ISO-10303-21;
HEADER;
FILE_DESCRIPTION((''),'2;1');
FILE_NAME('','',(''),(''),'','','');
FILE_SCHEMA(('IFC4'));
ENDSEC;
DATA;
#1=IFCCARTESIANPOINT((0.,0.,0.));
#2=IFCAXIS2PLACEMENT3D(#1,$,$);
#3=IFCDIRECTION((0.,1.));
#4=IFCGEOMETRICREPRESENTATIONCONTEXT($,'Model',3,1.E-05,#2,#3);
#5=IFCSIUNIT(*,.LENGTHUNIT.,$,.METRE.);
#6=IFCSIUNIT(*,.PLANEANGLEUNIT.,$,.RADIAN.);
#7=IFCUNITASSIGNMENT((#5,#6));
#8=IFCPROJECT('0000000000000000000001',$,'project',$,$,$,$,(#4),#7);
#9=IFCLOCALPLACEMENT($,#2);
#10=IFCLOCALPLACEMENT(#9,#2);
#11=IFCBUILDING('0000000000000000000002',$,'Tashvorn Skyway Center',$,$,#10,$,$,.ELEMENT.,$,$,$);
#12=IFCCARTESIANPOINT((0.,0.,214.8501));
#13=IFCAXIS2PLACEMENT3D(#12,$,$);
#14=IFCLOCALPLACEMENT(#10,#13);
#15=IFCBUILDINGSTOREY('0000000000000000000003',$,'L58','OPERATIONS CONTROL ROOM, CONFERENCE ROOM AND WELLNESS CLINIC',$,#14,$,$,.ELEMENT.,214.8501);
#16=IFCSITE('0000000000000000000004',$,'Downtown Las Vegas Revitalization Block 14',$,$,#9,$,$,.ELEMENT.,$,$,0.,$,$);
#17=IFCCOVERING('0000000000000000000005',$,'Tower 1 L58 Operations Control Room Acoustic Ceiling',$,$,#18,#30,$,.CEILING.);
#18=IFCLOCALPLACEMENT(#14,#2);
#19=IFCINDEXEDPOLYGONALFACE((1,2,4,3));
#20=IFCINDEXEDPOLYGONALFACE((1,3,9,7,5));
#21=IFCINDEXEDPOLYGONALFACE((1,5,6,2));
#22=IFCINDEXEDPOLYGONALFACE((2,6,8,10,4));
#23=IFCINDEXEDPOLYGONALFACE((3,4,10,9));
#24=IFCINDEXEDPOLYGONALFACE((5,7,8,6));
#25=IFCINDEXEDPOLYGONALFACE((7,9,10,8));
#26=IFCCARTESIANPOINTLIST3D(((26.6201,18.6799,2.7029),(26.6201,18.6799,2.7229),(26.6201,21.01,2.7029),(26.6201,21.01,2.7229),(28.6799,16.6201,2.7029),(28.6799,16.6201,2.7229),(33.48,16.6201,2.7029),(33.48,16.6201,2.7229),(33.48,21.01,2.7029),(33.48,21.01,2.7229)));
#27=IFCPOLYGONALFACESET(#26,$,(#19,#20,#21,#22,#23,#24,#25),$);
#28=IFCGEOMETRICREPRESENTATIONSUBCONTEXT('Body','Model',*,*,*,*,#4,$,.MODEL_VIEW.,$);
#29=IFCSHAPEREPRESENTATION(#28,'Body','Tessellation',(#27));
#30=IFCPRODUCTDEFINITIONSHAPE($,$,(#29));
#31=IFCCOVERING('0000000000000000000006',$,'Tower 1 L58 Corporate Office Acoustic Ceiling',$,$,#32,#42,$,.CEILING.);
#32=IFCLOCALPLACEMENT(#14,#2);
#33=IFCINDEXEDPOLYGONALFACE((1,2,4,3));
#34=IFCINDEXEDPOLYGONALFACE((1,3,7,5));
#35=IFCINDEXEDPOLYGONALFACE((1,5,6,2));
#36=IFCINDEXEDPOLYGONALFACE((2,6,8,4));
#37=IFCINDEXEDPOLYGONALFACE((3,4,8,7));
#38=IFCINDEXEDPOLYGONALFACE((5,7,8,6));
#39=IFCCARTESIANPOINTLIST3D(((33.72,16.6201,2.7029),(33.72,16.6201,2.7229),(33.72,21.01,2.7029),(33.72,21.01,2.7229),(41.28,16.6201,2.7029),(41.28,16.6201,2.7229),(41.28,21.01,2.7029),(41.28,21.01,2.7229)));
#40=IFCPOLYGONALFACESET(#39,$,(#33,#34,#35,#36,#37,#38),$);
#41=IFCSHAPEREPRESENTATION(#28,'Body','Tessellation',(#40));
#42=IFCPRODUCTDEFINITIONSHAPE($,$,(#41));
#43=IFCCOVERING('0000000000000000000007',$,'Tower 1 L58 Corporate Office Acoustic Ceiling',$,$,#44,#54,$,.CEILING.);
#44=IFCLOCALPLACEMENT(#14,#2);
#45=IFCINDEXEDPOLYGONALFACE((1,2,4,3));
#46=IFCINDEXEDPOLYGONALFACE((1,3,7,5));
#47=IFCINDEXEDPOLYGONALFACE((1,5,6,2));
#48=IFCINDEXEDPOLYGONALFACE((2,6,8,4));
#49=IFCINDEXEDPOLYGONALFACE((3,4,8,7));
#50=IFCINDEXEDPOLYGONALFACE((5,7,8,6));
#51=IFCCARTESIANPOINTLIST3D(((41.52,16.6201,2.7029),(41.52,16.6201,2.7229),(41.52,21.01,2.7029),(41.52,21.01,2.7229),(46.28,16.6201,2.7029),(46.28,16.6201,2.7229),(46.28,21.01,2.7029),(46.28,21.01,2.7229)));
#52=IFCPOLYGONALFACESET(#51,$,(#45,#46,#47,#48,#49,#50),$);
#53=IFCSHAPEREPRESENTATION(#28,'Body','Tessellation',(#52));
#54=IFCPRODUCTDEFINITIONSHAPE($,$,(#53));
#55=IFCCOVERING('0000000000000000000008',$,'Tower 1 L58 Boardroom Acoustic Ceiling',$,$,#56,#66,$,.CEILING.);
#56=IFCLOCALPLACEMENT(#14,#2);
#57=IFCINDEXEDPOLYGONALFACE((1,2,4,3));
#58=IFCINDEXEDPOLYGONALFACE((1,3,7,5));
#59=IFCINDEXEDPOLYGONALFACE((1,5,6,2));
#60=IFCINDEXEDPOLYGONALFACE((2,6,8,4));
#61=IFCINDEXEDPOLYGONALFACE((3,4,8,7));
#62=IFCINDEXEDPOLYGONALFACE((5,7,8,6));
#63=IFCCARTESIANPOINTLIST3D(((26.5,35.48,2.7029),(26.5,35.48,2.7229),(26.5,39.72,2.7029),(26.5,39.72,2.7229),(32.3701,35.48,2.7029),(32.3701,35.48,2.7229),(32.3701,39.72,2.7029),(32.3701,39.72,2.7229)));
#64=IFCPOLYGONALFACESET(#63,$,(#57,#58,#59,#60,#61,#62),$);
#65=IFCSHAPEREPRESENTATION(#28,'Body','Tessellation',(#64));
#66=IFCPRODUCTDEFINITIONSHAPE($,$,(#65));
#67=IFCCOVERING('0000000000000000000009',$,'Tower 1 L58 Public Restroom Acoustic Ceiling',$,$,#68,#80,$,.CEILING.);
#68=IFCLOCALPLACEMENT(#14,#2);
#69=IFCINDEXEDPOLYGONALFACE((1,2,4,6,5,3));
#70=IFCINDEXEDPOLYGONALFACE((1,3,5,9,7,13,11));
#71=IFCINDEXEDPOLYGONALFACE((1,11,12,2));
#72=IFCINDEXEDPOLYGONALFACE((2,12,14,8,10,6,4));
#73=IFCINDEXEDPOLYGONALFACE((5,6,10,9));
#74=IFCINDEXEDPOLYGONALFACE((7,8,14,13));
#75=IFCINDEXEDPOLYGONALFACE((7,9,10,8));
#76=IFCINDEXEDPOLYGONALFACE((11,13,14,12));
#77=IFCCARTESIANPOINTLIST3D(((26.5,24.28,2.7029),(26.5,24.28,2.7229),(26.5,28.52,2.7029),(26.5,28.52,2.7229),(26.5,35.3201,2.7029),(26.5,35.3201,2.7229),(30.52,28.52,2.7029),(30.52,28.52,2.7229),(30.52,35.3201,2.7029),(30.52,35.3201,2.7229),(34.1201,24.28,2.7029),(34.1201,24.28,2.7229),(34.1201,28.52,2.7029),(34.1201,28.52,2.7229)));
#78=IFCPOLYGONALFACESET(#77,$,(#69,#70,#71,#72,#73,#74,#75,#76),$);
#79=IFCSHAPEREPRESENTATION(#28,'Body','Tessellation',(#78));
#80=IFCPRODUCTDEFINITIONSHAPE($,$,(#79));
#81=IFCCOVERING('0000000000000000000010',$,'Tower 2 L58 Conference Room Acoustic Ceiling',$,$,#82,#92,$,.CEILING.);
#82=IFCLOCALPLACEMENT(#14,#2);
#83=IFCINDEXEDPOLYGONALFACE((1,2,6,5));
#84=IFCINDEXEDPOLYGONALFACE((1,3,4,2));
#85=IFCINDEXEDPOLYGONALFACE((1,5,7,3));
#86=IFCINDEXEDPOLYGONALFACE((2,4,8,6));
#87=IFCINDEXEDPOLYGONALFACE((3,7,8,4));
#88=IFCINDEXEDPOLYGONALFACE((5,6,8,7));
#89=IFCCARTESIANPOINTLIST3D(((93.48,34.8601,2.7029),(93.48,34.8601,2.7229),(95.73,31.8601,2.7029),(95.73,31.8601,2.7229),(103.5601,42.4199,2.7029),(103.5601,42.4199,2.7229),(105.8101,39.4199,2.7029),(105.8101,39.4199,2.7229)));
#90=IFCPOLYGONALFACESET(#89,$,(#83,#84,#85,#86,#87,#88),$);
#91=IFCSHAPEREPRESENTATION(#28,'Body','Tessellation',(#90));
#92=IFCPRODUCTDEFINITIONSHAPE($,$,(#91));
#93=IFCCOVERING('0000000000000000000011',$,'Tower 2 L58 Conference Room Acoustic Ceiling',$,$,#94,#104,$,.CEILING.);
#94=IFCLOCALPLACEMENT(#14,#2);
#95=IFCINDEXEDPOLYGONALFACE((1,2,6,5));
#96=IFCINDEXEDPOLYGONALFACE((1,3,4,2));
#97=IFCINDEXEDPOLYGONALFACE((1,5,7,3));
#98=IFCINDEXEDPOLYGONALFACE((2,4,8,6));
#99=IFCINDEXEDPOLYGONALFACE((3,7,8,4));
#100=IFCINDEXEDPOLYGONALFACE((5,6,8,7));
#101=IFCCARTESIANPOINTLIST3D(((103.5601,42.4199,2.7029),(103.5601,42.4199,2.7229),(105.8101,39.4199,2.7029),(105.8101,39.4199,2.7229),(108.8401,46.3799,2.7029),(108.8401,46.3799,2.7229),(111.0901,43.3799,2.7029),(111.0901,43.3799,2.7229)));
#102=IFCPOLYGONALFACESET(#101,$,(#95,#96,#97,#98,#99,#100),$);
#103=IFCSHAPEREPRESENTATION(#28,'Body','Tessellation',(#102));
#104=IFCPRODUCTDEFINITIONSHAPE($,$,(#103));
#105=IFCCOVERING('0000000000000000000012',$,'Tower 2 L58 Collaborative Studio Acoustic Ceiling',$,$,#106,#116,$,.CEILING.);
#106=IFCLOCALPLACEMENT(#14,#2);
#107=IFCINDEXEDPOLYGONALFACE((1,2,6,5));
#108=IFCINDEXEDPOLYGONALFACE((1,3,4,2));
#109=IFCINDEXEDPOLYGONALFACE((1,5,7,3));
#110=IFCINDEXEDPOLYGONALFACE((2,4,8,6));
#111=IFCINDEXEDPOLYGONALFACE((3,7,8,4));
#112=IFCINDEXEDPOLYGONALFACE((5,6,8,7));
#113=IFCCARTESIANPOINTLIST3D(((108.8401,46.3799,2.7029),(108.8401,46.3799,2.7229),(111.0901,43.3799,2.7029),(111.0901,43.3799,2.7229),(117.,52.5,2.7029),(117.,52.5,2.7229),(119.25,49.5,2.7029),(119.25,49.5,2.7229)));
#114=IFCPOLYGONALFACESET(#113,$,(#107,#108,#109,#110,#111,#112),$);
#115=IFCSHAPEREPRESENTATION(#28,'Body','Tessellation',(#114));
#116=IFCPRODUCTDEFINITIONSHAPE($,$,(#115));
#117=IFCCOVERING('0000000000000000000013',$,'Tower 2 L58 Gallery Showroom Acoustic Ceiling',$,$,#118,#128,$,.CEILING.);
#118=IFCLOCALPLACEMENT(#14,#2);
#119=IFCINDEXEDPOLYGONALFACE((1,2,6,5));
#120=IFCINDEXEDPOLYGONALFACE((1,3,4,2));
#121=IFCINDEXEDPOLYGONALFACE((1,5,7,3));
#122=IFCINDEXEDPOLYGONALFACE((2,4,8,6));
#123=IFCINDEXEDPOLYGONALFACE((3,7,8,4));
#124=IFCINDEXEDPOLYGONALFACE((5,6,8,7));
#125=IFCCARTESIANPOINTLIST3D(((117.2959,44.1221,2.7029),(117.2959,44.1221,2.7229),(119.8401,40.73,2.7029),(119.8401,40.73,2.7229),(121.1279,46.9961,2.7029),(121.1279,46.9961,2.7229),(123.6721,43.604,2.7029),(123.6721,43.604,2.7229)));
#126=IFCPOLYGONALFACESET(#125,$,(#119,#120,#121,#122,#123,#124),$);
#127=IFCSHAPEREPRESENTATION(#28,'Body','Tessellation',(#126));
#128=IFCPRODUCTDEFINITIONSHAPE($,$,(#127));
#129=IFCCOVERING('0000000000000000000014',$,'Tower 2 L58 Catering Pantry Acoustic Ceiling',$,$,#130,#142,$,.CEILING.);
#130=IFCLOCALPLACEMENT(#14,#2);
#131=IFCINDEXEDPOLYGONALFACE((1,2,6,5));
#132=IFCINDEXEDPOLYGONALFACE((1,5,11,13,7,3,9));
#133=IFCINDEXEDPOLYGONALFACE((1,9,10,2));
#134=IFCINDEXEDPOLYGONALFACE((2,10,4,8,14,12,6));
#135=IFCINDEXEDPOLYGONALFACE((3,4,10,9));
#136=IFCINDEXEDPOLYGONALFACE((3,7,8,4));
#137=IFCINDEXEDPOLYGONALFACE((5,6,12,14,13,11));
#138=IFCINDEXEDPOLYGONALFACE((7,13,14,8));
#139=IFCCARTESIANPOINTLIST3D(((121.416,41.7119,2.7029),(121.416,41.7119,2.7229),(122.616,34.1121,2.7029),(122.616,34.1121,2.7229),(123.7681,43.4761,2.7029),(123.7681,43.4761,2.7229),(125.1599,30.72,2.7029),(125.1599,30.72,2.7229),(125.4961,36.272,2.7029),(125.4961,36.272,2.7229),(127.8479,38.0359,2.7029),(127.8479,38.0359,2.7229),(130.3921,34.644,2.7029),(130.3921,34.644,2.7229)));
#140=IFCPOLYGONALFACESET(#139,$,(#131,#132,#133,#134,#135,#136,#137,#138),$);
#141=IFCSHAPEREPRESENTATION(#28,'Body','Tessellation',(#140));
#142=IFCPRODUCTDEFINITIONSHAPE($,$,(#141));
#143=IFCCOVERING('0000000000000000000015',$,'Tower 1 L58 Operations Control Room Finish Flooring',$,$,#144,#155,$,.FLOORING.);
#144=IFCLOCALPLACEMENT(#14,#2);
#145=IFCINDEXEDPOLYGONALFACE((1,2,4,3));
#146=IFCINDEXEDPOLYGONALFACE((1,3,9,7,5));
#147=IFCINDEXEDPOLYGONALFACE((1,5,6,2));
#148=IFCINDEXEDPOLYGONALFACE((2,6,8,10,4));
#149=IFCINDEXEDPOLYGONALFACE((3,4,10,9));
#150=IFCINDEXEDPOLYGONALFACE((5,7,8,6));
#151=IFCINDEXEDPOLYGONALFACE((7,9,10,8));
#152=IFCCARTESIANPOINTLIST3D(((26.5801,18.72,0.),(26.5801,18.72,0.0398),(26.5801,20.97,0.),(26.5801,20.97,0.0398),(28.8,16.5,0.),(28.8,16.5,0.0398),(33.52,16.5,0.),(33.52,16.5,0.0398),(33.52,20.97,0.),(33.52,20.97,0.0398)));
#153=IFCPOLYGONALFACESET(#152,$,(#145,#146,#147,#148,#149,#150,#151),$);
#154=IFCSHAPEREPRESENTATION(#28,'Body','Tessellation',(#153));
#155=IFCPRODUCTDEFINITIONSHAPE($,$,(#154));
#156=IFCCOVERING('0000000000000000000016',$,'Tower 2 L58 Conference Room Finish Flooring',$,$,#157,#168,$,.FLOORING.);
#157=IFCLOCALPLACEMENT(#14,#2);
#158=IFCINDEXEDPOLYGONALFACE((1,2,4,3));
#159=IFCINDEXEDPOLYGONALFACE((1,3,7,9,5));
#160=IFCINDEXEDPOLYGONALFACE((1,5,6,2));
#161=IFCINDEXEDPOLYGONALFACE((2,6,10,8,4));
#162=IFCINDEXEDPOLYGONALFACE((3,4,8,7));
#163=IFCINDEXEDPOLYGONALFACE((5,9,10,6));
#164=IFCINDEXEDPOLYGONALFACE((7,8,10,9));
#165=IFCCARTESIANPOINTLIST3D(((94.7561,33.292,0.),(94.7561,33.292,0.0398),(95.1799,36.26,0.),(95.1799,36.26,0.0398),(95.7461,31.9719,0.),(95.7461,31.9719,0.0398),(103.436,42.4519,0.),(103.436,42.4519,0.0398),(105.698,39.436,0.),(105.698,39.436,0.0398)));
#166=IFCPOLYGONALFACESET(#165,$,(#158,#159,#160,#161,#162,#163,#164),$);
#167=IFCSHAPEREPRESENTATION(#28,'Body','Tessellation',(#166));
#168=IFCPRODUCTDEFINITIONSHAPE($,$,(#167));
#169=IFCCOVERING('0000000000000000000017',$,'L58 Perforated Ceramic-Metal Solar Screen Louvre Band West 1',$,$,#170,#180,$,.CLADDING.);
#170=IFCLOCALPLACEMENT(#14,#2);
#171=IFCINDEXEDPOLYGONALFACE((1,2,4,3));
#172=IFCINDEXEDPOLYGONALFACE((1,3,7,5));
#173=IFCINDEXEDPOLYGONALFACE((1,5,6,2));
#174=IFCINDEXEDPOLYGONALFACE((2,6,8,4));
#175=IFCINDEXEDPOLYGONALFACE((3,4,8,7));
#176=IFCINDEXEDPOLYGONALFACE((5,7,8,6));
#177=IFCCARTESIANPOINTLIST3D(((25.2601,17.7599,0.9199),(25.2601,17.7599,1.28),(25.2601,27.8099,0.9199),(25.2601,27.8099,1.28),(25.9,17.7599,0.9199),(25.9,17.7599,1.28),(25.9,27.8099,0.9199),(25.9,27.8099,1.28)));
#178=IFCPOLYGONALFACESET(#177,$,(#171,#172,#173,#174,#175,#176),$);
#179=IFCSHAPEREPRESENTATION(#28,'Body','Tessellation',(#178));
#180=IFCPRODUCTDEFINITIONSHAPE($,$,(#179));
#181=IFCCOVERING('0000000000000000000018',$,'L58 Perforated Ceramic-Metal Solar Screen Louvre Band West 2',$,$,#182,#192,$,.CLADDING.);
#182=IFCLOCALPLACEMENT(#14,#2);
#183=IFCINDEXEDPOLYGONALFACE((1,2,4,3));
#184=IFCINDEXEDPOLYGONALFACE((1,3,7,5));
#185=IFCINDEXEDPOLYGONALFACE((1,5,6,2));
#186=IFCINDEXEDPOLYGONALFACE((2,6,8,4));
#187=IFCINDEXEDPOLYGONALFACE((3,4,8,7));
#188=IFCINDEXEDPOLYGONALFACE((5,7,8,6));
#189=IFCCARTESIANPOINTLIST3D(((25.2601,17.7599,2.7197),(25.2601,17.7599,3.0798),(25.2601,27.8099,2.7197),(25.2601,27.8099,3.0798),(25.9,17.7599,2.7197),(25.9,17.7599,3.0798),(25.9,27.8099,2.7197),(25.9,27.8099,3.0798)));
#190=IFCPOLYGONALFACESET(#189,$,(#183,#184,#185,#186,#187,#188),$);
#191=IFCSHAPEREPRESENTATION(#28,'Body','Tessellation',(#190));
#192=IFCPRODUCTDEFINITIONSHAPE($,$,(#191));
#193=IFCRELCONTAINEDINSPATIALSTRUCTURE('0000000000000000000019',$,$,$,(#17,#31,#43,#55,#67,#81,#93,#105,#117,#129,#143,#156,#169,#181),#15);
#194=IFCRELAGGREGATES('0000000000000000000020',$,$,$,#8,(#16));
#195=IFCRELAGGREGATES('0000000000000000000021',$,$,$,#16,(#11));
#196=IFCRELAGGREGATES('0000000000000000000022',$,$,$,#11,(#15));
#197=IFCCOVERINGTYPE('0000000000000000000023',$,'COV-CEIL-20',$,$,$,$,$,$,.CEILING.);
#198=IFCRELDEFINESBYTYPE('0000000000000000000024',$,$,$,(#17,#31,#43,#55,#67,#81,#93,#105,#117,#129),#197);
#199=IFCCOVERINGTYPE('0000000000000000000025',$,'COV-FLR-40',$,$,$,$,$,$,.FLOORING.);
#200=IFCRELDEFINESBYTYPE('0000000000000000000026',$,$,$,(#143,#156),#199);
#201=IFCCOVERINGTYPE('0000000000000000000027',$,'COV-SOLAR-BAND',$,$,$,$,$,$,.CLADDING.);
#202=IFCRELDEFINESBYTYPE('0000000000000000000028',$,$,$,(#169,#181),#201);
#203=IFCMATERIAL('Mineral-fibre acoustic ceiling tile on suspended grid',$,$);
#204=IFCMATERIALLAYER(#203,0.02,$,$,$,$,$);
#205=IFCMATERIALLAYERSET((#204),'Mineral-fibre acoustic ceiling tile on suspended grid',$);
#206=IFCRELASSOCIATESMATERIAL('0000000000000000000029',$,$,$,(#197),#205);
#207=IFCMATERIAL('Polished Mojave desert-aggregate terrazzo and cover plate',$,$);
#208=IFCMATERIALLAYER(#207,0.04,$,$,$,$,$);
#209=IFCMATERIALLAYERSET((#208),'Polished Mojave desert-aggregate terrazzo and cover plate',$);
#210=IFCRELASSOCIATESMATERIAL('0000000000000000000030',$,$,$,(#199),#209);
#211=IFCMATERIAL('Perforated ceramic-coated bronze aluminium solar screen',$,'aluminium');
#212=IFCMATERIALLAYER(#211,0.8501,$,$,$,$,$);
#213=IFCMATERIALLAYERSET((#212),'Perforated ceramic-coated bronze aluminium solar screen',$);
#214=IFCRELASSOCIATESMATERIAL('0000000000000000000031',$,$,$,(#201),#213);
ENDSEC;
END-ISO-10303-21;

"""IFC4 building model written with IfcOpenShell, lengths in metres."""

from ifc_helpers import new_model, si_unit, direction, frame, origin, origin_2d, place, context, subcontext, project, spatial, polyline, rectangle, outline, extrude, material, layer, layer_set, type_object, element, save


model = new_model("IFC4")

# Units and contexts
model_context = context("Model", 3, precision=1e-05, world=origin(), true_north=direction((0.0, 1.0)))
body_context = subcontext(model_context, "Body", "Model", "MODEL_VIEW")
ifc_project = project(units=[si_unit("LENGTHUNIT", "METRE"), si_unit("PLANEANGLEUNIT", "RADIAN")], contexts=[model_context])

# Site, building, storey
site_placement = place(None, origin())
site = spatial("IfcSite", under=ifc_project, at=site_placement, Name="Downtown Las Vegas Revitalization Block 14", CompositionType="ELEMENT", RefElevation=0.0)
building_placement = place(site_placement, origin())
building = spatial("IfcBuilding", under=site, at=building_placement, Name="Tashvorn Skyway Center", CompositionType="ELEMENT")
storey_placement = place(building_placement, frame((0.0, 0.0, 214.8501)))
storey = spatial("IfcBuildingStorey", under=building, at=storey_placement, Name="L58", Description="OPERATIONS CONTROL ROOM, CONFERENCE ROOM AND WELLNESS CLINIC", CompositionType="ELEMENT", Elevation=214.8501)

# Coverings
ifc_material_1 = material(Name="Mineral-fibre acoustic ceiling tile on suspended grid")
ifc_layer_1 = layer(ifc_material_1, 0.02)
ifc_layer_set_1 = layer_set([ifc_layer_1], Name="Mineral-fibre acoustic ceiling tile on suspended grid")
covering_type_1 = type_object("IfcCoveringType", Name="COV-CEIL-20", PredefinedType="CEILING", material=ifc_layer_set_1)
covering_1_placement = place(storey_placement, frame((0.0, 0.0, 2.7029)))
element("IfcCovering", 1, at=covering_1_placement, inside=storey, type_object=covering_type_1, Name="Tower 1 L58 Operations Control Room Acoustic Ceiling", PredefinedType="CEILING", context=body_context, shape_type="SweptSolid", body=[
    extrude(outline(polyline([(26.6201, 21.01), (33.48, 21.01), (33.48, 16.6201), (28.6799, 16.6201), (26.6201, 18.6799), (26.6201, 21.01)])), origin(), (0.0, 0.0, 1.0), 0.02),
])
covering_2_placement = place(storey_placement, frame((0.0, 0.0, 2.7029)))
element("IfcCovering", 2, at=covering_2_placement, inside=storey, type_object=covering_type_1, Name="Tower 1 L58 Corporate Office Acoustic Ceiling", PredefinedType="CEILING", context=body_context, shape_type="SweptSolid", body=[
    extrude(outline(polyline([(33.72, 21.01), (41.28, 21.01), (41.28, 16.6201), (33.72, 16.6201), (33.72, 21.01)])), origin(), (0.0, 0.0, 1.0), 0.02),
])
covering_3_placement = place(storey_placement, frame((0.0, 0.0, 2.7029)))
element("IfcCovering", 3, at=covering_3_placement, inside=storey, type_object=covering_type_1, Name="Tower 1 L58 Corporate Office Acoustic Ceiling", PredefinedType="CEILING", context=body_context, shape_type="SweptSolid", body=[
    extrude(outline(polyline([(41.52, 21.01), (46.28, 21.01), (46.28, 16.6201), (41.52, 16.6201), (41.52, 21.01)])), origin(), (0.0, 0.0, 1.0), 0.02),
])
covering_4_placement = place(storey_placement, frame((0.0, 0.0, 2.7029)))
element("IfcCovering", 4, at=covering_4_placement, inside=storey, type_object=covering_type_1, Name="Tower 1 L58 Boardroom Acoustic Ceiling", PredefinedType="CEILING", context=body_context, shape_type="SweptSolid", body=[
    extrude(outline(polyline([(32.3701, 39.72), (32.3701, 35.48), (26.5, 35.48), (26.5, 39.72), (32.3701, 39.72)])), origin(), (0.0, 0.0, 1.0), 0.02),
])
covering_5_placement = place(storey_placement, frame((0.0, 0.0, 2.7029)))
element("IfcCovering", 5, at=covering_5_placement, inside=storey, type_object=covering_type_1, Name="Tower 1 L58 Public Restroom Acoustic Ceiling", PredefinedType="CEILING", context=body_context, shape_type="SweptSolid", body=[
    extrude(outline(polyline([(34.1201, 24.28), (26.5, 24.28), (26.5, 28.52), (26.5, 35.3201), (30.52, 35.3201), (30.52, 28.52), (34.1201, 28.52), (34.1201, 24.28)])), origin(), (0.0, 0.0, 1.0), 0.02),
])
covering_6_placement = place(storey_placement, frame((0.0, 0.0, 2.7029)))
element("IfcCovering", 6, at=covering_6_placement, inside=storey, type_object=covering_type_1, Name="Tower 2 L58 Conference Room Acoustic Ceiling", PredefinedType="CEILING", context=body_context, shape_type="SweptSolid", body=[
    extrude(outline(polyline([(95.73, 31.8601), (105.8101, 39.4199), (103.5601, 42.4199), (93.48, 34.8601), (95.73, 31.8601)])), origin(), (0.0, 0.0, 1.0), 0.02),
])
covering_7_placement = place(storey_placement, frame((0.0, 0.0, 2.7029)))
element("IfcCovering", 7, at=covering_7_placement, inside=storey, type_object=covering_type_1, Name="Tower 2 L58 Conference Room Acoustic Ceiling", PredefinedType="CEILING", context=body_context, shape_type="SweptSolid", body=[
    extrude(outline(polyline([(105.8101, 39.4199), (111.0901, 43.3799), (108.8401, 46.3799), (103.5601, 42.4199), (105.8101, 39.4199)])), origin(), (0.0, 0.0, 1.0), 0.02),
])
covering_8_placement = place(storey_placement, frame((0.0, 0.0, 2.7029)))
element("IfcCovering", 8, at=covering_8_placement, inside=storey, type_object=covering_type_1, Name="Tower 2 L58 Collaborative Studio Acoustic Ceiling", PredefinedType="CEILING", context=body_context, shape_type="SweptSolid", body=[
    extrude(outline(polyline([(111.0901, 43.3799), (119.25, 49.5), (117.0, 52.5), (108.8401, 46.3799), (111.0901, 43.3799)])), origin(), (0.0, 0.0, 1.0), 0.02),
])
covering_9_placement = place(storey_placement, frame((0.0, 0.0, 2.7029)))
element("IfcCovering", 9, at=covering_9_placement, inside=storey, type_object=covering_type_1, Name="Tower 2 L58 Gallery Showroom Acoustic Ceiling", PredefinedType="CEILING", context=body_context, shape_type="SweptSolid", body=[
    extrude(outline(polyline([(119.8401, 40.73), (117.2959, 44.1221), (121.1279, 46.9961), (123.6721, 43.604), (119.8401, 40.73)])), origin(), (0.0, 0.0, 1.0), 0.02),
])
covering_10_placement = place(storey_placement, frame((0.0, 0.0, 2.7029)))
element("IfcCovering", 10, at=covering_10_placement, inside=storey, type_object=covering_type_1, Name="Tower 2 L58 Catering Pantry Acoustic Ceiling", PredefinedType="CEILING", context=body_context, shape_type="SweptSolid", body=[
    extrude(outline(polyline([(125.1599, 30.72), (122.616, 34.1121), (125.4961, 36.272), (121.416, 41.7119), (123.7681, 43.4761), (127.8479, 38.0359), (130.3921, 34.644), (125.1599, 30.72)])), origin(), (0.0, 0.0, 1.0), 0.02),
])
ifc_material_2 = material(Name="Polished Mojave desert-aggregate terrazzo and cover plate")
ifc_layer_2 = layer(ifc_material_2, 0.04)
ifc_layer_set_2 = layer_set([ifc_layer_2], Name="Polished Mojave desert-aggregate terrazzo and cover plate")
covering_type_2 = type_object("IfcCoveringType", Name="COV-FLR-40", PredefinedType="FLOORING", material=ifc_layer_set_2)
covering_11_placement = place(storey_placement, origin())
element("IfcCovering", 11, at=covering_11_placement, inside=storey, type_object=covering_type_2, Name="Tower 1 L58 Operations Control Room Finish Flooring", PredefinedType="FLOORING", context=body_context, shape_type="SweptSolid", body=[
    extrude(outline(polyline([(28.8, 16.5), (26.5801, 18.72), (26.5801, 20.97), (33.52, 20.97), (33.52, 16.5), (28.8, 16.5)])), origin(), (0.0, 0.0, 1.0), 0.0398),
])
covering_12_placement = place(storey_placement, origin())
element("IfcCovering", 12, at=covering_12_placement, inside=storey, type_object=covering_type_2, Name="Tower 2 L58 Conference Room Finish Flooring", PredefinedType="FLOORING", context=body_context, shape_type="SweptSolid", body=[
    extrude(outline(polyline([(105.698, 39.436), (95.7461, 31.9719), (94.7561, 33.292), (95.1799, 36.26), (103.436, 42.4519), (105.698, 39.436)])), origin(), (0.0, 0.0, 1.0), 0.0398),
])
ifc_material_3 = material(Name="Perforated ceramic-coated bronze aluminium solar screen", Category="aluminium")
ifc_layer_3 = layer(ifc_material_3, 0.8501)
ifc_layer_set_3 = layer_set([ifc_layer_3], Name="Perforated ceramic-coated bronze aluminium solar screen")
covering_type_3 = type_object("IfcCoveringType", Name="COV-SOLAR-BAND", PredefinedType="CLADDING", material=ifc_layer_set_3)
for number, where, z_axis, x_axis, name in (
    (13, (25.5801, 22.7849, 0.9199), (0.0, 0.0, 1.0), (0.0, 1.0, 0.0), "L58 Perforated Ceramic-Metal Solar Screen Louvre Band West 1"),
    (14, (25.5801, 22.7849, 2.7197), (0.0, 0.0, 1.0), (0.0, 1.0, 0.0), "L58 Perforated Ceramic-Metal Solar Screen Louvre Band West 2"),
):
    element("IfcCovering", number, at=place(storey_placement, frame(where, z_axis=z_axis, x_axis=x_axis)), inside=storey, type_object=covering_type_3, Name=name, PredefinedType="CLADDING", context=body_context, shape_type="SweptSolid", body=[
        extrude(rectangle(XDim=10.05, YDim=0.6399, at=origin_2d()), origin(), (0.0, 0.0, 1.0), 0.3601),
    ])

save(model, "model.ifc")
